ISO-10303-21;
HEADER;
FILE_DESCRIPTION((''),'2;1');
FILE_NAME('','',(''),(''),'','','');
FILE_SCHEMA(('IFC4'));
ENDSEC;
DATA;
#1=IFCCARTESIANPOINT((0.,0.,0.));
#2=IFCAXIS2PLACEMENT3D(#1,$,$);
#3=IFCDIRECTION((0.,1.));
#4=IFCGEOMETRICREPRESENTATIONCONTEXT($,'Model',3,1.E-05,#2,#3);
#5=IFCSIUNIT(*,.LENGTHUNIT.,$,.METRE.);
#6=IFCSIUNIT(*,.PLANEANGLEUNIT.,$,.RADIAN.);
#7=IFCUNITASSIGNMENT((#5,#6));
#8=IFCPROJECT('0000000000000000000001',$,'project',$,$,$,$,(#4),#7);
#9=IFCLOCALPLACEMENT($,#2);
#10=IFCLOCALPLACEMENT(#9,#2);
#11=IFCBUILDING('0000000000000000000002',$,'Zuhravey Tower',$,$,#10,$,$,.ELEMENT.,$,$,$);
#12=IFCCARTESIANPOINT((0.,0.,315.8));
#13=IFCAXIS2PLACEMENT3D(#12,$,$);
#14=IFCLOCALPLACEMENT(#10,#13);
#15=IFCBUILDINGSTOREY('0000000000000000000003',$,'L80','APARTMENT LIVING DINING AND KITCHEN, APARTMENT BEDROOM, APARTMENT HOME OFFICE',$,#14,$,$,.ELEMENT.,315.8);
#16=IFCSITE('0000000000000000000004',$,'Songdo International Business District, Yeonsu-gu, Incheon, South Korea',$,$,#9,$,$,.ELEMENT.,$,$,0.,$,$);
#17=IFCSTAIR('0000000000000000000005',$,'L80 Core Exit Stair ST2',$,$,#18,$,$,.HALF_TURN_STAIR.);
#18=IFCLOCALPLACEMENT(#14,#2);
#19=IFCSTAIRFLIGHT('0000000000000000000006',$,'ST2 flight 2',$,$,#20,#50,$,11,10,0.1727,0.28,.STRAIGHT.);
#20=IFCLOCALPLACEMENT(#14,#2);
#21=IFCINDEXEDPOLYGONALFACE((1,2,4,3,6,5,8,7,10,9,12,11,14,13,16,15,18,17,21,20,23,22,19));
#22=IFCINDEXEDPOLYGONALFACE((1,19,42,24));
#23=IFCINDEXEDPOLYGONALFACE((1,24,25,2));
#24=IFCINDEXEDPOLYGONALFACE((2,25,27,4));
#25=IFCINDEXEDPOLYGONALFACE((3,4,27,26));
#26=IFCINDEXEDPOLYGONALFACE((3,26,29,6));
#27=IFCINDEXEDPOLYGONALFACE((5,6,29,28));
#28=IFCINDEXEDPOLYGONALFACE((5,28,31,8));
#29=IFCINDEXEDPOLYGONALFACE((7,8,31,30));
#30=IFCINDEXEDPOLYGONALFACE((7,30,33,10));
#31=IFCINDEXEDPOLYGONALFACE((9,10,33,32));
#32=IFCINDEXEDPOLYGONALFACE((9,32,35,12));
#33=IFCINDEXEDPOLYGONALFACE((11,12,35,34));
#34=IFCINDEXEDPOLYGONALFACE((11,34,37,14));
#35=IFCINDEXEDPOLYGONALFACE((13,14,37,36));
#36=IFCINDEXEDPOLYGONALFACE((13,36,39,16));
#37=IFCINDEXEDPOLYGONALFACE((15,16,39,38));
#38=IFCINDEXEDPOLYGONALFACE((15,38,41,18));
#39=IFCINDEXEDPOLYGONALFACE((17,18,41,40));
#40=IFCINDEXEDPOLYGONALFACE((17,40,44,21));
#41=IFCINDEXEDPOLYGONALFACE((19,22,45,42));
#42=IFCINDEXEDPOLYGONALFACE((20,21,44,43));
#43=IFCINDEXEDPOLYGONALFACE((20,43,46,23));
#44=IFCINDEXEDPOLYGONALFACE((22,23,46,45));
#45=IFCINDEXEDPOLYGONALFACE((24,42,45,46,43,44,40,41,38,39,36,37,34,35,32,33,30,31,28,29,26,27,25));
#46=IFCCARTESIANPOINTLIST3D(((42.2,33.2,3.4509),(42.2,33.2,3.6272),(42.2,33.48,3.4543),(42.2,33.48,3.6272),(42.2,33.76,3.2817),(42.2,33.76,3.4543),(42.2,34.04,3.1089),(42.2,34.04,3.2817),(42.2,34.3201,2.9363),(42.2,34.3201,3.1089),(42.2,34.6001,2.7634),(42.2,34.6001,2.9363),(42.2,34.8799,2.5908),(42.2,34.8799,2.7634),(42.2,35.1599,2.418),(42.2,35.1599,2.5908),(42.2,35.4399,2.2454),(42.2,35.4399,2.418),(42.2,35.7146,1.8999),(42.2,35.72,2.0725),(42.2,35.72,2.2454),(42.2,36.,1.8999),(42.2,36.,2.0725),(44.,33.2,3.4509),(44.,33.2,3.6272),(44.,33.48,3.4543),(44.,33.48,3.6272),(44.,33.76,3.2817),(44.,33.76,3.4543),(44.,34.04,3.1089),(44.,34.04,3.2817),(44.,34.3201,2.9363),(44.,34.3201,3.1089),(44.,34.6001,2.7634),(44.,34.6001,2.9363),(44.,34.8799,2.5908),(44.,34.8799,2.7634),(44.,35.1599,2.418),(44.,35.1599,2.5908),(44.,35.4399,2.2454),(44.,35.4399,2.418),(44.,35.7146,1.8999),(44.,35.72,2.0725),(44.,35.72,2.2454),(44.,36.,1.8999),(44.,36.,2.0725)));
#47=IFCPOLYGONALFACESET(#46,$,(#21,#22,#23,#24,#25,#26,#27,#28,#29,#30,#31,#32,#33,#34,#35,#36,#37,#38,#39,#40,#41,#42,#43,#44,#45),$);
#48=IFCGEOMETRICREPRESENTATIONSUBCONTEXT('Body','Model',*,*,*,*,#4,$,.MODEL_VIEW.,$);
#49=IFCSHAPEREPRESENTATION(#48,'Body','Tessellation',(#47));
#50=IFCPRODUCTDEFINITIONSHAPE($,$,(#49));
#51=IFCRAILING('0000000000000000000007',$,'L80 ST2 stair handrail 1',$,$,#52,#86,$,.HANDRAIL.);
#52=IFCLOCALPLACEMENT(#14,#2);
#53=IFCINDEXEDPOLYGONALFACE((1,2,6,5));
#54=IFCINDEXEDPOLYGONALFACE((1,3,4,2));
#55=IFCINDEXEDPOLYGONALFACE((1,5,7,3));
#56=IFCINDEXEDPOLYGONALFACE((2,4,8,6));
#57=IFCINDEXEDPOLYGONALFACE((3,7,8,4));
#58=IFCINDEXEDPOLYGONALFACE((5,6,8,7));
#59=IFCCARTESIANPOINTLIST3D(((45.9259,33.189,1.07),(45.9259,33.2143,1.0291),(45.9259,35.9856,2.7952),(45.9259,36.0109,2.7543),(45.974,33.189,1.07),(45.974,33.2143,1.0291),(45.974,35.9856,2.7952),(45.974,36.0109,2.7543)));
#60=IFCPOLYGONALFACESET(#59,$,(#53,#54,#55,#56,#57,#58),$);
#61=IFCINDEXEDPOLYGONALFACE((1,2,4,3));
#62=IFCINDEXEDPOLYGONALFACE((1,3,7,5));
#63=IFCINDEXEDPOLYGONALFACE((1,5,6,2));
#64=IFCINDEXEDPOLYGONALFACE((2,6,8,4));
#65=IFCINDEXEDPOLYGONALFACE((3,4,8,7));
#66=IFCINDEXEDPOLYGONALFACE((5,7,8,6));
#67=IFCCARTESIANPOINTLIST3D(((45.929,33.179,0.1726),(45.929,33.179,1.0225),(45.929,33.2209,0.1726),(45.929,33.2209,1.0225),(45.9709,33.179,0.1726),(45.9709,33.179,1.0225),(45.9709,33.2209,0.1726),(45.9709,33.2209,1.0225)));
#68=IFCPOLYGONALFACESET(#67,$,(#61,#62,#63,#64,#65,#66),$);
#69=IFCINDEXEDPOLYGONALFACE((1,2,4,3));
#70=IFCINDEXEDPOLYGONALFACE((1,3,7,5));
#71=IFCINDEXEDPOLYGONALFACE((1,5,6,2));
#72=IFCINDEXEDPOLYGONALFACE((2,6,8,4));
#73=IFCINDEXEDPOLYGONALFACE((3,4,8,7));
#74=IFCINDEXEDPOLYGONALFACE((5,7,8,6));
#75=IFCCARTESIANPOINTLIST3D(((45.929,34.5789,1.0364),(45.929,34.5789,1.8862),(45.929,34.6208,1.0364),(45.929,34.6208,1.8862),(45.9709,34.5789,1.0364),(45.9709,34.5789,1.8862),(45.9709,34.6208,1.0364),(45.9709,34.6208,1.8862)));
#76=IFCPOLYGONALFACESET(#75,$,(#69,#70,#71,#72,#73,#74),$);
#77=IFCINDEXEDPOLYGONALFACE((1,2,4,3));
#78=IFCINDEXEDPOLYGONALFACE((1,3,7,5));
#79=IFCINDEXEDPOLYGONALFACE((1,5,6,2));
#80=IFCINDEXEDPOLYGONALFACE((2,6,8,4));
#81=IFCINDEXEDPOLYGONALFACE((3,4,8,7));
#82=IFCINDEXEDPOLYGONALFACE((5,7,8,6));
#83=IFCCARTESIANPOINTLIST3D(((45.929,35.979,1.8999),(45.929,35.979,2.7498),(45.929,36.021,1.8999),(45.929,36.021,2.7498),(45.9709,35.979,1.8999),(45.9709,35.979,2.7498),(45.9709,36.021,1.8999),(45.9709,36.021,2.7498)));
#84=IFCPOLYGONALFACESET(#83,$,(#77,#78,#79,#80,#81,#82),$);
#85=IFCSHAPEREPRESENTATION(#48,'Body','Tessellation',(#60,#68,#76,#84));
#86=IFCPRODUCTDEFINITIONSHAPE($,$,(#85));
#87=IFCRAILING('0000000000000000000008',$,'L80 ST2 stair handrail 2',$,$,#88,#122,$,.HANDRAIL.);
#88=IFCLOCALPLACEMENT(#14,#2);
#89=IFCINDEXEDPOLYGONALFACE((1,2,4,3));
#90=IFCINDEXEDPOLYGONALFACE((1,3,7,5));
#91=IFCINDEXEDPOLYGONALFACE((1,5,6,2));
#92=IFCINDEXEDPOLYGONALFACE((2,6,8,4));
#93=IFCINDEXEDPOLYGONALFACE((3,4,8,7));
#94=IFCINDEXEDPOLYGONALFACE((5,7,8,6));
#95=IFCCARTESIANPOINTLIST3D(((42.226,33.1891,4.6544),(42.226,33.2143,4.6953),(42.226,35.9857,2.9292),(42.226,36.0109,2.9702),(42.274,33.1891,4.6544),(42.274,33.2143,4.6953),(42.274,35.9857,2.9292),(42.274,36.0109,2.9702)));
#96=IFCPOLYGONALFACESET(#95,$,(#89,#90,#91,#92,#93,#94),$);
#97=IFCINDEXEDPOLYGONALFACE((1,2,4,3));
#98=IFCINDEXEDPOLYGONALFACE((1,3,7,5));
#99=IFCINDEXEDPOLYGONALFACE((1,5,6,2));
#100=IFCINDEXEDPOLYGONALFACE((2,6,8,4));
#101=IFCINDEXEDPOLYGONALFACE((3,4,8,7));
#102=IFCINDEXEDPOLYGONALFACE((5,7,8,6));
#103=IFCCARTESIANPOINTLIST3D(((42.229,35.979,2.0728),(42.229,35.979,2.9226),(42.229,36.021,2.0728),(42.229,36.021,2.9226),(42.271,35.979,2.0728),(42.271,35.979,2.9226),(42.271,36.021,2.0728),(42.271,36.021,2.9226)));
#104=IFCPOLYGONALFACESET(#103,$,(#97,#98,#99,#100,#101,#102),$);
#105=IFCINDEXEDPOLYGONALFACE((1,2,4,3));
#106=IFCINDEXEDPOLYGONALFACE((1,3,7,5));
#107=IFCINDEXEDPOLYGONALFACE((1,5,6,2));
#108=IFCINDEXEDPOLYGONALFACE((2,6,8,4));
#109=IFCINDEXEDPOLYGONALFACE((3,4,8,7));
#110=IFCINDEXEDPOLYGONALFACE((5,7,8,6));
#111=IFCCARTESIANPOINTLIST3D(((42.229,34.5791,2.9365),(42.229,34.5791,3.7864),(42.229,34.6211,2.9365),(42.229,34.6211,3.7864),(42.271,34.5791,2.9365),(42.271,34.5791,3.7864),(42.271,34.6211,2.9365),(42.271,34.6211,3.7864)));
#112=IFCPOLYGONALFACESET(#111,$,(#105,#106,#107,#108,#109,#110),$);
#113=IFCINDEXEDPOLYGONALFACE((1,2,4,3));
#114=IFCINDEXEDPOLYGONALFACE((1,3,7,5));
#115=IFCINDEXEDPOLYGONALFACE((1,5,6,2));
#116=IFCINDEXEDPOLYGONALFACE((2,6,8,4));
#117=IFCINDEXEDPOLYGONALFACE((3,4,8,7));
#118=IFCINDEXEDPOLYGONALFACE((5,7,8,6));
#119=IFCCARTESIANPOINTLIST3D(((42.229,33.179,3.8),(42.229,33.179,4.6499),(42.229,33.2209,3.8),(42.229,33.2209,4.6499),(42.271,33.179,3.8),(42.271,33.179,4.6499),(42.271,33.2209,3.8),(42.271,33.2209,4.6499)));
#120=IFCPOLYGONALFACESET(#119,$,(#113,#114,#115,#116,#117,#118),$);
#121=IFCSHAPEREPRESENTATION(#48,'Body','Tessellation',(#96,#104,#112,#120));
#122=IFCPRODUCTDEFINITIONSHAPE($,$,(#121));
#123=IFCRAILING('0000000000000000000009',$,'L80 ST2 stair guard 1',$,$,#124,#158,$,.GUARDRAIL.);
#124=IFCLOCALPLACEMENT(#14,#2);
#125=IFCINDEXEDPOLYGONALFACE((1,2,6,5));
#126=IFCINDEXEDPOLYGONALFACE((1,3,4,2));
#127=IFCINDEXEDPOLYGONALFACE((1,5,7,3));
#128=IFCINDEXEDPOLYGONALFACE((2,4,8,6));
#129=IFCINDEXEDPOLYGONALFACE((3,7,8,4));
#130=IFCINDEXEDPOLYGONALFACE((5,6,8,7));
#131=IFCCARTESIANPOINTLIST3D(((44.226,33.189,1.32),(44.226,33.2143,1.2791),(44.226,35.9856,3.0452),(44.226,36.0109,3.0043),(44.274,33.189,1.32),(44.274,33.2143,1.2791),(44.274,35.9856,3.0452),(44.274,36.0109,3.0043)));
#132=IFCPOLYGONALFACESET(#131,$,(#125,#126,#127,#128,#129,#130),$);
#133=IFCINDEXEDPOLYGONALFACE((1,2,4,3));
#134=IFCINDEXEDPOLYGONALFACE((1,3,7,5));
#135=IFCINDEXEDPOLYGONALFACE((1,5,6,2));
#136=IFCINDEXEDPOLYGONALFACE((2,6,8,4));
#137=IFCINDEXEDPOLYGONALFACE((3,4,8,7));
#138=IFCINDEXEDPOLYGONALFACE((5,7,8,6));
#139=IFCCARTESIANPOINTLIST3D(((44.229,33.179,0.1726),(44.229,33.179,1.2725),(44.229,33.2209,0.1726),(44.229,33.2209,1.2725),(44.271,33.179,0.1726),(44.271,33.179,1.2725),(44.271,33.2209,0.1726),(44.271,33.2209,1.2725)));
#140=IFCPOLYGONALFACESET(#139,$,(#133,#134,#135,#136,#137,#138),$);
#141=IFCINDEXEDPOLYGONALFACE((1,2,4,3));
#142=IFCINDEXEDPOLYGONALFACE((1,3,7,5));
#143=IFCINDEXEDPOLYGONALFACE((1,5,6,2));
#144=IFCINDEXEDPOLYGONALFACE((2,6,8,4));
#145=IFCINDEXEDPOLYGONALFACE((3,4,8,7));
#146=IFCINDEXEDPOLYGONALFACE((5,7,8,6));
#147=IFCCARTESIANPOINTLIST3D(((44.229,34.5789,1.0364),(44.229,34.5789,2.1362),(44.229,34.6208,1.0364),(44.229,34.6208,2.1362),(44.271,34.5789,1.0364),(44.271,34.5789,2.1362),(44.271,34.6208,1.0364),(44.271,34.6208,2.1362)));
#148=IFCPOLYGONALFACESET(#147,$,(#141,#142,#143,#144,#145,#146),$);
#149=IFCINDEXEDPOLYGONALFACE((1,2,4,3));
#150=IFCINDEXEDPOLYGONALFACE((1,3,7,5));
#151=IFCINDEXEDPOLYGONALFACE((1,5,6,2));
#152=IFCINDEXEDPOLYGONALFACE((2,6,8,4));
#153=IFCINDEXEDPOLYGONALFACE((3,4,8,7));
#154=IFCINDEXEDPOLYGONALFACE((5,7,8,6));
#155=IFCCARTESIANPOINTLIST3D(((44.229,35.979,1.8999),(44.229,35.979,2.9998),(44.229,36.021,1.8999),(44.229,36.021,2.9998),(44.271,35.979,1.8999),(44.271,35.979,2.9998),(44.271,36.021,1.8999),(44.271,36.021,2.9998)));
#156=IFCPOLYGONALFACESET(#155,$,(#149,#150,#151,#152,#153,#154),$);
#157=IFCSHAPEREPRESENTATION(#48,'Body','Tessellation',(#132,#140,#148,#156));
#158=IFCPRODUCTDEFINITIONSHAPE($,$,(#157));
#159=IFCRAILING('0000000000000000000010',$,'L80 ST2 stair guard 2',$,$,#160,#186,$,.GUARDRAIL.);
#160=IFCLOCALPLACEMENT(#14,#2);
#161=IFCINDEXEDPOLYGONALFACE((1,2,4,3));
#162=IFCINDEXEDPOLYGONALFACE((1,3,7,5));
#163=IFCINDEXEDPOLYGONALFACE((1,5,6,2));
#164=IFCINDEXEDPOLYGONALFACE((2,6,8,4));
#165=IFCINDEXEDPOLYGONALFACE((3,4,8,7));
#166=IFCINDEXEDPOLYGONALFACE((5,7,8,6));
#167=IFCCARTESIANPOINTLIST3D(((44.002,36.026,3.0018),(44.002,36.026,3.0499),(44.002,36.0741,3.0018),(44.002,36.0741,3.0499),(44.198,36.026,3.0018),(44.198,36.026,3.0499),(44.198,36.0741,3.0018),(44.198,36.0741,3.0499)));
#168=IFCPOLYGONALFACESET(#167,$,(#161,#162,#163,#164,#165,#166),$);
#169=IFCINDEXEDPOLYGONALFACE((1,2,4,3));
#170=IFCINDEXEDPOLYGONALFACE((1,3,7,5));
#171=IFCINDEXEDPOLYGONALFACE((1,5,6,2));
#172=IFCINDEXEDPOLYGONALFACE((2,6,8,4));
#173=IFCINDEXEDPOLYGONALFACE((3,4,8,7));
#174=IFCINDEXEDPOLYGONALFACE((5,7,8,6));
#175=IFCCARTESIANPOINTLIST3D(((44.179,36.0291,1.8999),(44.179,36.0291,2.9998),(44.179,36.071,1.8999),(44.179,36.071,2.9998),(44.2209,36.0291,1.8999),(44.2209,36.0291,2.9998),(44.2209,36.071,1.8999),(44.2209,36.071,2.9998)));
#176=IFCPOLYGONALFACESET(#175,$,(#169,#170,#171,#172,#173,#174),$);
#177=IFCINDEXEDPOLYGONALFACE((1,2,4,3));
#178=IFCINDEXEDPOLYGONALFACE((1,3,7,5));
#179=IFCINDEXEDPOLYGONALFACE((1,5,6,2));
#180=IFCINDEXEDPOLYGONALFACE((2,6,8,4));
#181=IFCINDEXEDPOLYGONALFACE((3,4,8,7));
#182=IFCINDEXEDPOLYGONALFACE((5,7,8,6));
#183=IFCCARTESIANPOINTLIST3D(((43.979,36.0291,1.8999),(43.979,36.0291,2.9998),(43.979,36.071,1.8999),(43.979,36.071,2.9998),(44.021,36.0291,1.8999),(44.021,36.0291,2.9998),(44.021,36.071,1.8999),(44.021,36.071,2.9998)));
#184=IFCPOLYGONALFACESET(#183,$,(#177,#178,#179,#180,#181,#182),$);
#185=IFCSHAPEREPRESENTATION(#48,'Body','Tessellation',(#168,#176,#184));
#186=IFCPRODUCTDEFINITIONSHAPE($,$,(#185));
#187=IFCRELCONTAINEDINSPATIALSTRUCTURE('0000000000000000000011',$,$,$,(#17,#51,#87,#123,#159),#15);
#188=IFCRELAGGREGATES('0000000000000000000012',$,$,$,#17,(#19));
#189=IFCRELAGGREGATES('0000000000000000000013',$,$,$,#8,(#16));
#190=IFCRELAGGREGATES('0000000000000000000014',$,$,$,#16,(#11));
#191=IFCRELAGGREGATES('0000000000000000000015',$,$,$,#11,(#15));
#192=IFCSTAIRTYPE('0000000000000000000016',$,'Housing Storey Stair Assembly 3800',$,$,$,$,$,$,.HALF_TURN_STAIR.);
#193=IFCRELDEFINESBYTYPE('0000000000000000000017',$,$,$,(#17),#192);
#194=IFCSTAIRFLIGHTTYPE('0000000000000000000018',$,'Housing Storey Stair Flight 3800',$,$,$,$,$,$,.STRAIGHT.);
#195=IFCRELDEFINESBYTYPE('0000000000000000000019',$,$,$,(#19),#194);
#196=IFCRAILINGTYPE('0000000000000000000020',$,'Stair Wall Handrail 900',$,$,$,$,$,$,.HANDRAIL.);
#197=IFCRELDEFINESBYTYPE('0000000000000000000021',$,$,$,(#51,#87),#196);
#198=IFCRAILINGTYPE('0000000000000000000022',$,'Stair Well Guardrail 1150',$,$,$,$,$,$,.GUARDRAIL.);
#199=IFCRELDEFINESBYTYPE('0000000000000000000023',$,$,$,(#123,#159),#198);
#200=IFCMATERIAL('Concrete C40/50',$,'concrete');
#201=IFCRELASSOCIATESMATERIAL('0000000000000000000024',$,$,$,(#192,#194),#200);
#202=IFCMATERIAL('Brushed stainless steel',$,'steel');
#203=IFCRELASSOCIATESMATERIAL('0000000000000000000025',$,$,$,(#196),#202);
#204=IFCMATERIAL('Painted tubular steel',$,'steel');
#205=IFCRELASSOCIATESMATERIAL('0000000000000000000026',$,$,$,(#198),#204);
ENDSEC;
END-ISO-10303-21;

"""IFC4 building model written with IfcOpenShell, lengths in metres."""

from ifc_helpers import new_model, si_unit, direction, frame, origin, origin_2d, place, context, subcontext, project, spatial, polyline, rectangle, outline, extrude, material, type_object, element, aggregate, save


model = new_model("IFC4")

# Units and contexts
model_context = context("Model", 3, precision=1e-05, world=origin(), true_north=direction((0.0, 1.0)))
body_context = subcontext(model_context, "Body", "Model", "MODEL_VIEW")
ifc_project = project(units=[si_unit("LENGTHUNIT", "METRE"), si_unit("PLANEANGLEUNIT", "RADIAN")], contexts=[model_context])

# Site, building, storey
site_placement = place(None, origin())
site = spatial("IfcSite", under=ifc_project, at=site_placement, Name="Songdo International Business District, Yeonsu-gu, Incheon, South Korea", CompositionType="ELEMENT", RefElevation=0.0)
building_placement = place(site_placement, origin())
building = spatial("IfcBuilding", under=site, at=building_placement, Name="Zuhravey Tower", CompositionType="ELEMENT")
storey_placement = place(building_placement, frame((0.0, 0.0, 315.8)))
storey = spatial("IfcBuildingStorey", under=building, at=storey_placement, Name="L80", Description="APARTMENT LIVING DINING AND KITCHEN, APARTMENT BEDROOM, APARTMENT HOME OFFICE", CompositionType="ELEMENT", Elevation=315.8)

# Shared definitions
ifc_material_1 = material(Name="Brushed stainless steel", Category="steel")

# Stair, stair flight
ifc_material_2 = material(Name="Concrete C40/50", Category="concrete")
stair_type = type_object("IfcStairType", Name="Housing Storey Stair Assembly 3800", PredefinedType="HALF_TURN_STAIR", material=ifc_material_2)
stair_placement = place(storey_placement, origin())
stair = element("IfcStair", 1, at=stair_placement, inside=storey, type_object=stair_type, Name="L80 Core Exit Stair ST2", PredefinedType="HALF_TURN_STAIR")
stair_flight_type = type_object("IfcStairFlightType", Name="Housing Storey Stair Flight 3800", PredefinedType="STRAIGHT", material=ifc_material_2)
stair_flight_1_placement = place(storey_placement, frame((43.1001, 36.0, 1.8999), z_axis=(0.0, 0.0, 1.0), x_axis=(0.0, -1.0, 0.0)))
stair_flight_1 = element("IfcStairFlight", 2, at=stair_flight_1_placement, type_object=stair_flight_type, Name="ST2 flight 2", NumberOfRisers=11, NumberOfTreads=10, PredefinedType="STRAIGHT", RiserHeight=0.1727, TreadLength=0.28, context=body_context, shape_type="SweptSolid", body=[
    extrude(outline(polyline([(0.0, 0.0), (0.0, 0.1726), (0.28, 0.1726), (0.28, 0.3455), (0.5601, 0.3455), (0.5601, 0.5181), (0.8401, 0.5181), (0.8401, 0.6909), (1.1201, 0.6909), (1.1201, 0.8635), (1.3999, 0.8635), (1.3999, 1.0364), (1.6799, 1.0364), (1.6799, 1.209), (1.96, 1.209), (1.96, 1.3818), (2.24, 1.3818), (2.24, 1.5544), (2.52, 1.5544), (2.52, 1.7273), (2.8, 1.7273), (2.8, 1.8999), (2.8, 1.551), (0.2854, 0.0), (0.0, 0.0)])), frame((0.0, 0.8999, 0.0), z_axis=(0.0, -1.0, 0.0), x_axis=(1.0, 0.0, 0.0)), (0.0, 0.0, 1.0), 1.8),
])
aggregate(stair, [stair_flight_1])

# Railings
railing_type_1 = type_object("IfcRailingType", Name="Stair Wall Handrail 900", PredefinedType="HANDRAIL", material=ifc_material_1)
railing_1_placement = place(storey_placement, frame((45.95, 33.2, 0.1726)))
element("IfcRailing", 3, at=railing_1_placement, inside=storey, type_object=railing_type_1, Name="L80 ST2 stair handrail 1", PredefinedType="HANDRAIL", context=body_context, shape_type="SweptSolid", body=[
    extrude(rectangle(XDim=0.0481, YDim=0.0481, at=origin_2d()), frame((0.0, 0.0017, 0.877), z_axis=(0.0, 0.85109, 0.52502), x_axis=(-1.0, 0.0, 0.0)), (0.0, 0.0, 1.0), 3.2859),
    extrude(rectangle(XDim=0.042, YDim=0.042, at=origin_2d()), origin(), (0.0, 0.0, 1.0), 0.8499),
    extrude(rectangle(XDim=0.042, YDim=0.042, at=origin_2d()), frame((0.0, 1.3999, 0.8638)), (0.0, 0.0, 1.0), 0.8499),
    extrude(rectangle(XDim=0.042, YDim=0.042, at=origin_2d()), frame((0.0, 2.8, 1.7273)), (0.0, 0.0, 1.0), 0.8499),
])
railing_2_placement = place(storey_placement, frame((42.25, 36.0, 2.0728)))
element("IfcRailing", 4, at=railing_2_placement, inside=storey, type_object=railing_type_1, Name="L80 ST2 stair handrail 2", PredefinedType="HANDRAIL", context=body_context, shape_type="SweptSolid", body=[
    extrude(rectangle(XDim=0.0481, YDim=0.0481, at=origin_2d()), frame((0.0, -0.0017, 0.877), z_axis=(0.0, -0.85109, 0.52502), x_axis=(1.0, 0.0, 0.0)), (0.0, 0.0, 1.0), 3.2859),
    extrude(rectangle(XDim=0.042, YDim=0.042, at=origin_2d()), origin(), (0.0, 0.0, 1.0), 0.8499),
    extrude(rectangle(XDim=0.042, YDim=0.042, at=origin_2d()), frame((0.0, -1.3999, 0.8638)), (0.0, 0.0, 1.0), 0.8499),
    extrude(rectangle(XDim=0.042, YDim=0.042, at=origin_2d()), frame((0.0, -2.8, 1.7273)), (0.0, 0.0, 1.0), 0.8499),
])
ifc_material_3 = material(Name="Painted tubular steel", Category="steel")
railing_type_2 = type_object("IfcRailingType", Name="Stair Well Guardrail 1150", PredefinedType="GUARDRAIL", material=ifc_material_3)
railing_3_placement = place(storey_placement, frame((44.25, 33.2, 0.1726)))
element("IfcRailing", 5, at=railing_3_placement, inside=storey, type_object=railing_type_2, Name="L80 ST2 stair guard 1", PredefinedType="GUARDRAIL", context=body_context, shape_type="SweptSolid", body=[
    extrude(rectangle(XDim=0.0481, YDim=0.0481, at=origin_2d()), frame((0.0, 0.0017, 1.127), z_axis=(0.0, 0.85109, 0.52502), x_axis=(-1.0, 0.0, 0.0)), (0.0, 0.0, 1.0), 3.2859),
    extrude(rectangle(XDim=0.042, YDim=0.042, at=origin_2d()), origin(), (0.0, 0.0, 1.0), 1.0999),
    extrude(rectangle(XDim=0.042, YDim=0.042, at=origin_2d()), frame((0.0, 1.3999, 0.8638)), (0.0, 0.0, 1.0), 1.0999),
    extrude(rectangle(XDim=0.042, YDim=0.042, at=origin_2d()), frame((0.0, 2.8, 1.7273)), (0.0, 0.0, 1.0), 1.0999),
])
railing_4_placement = place(storey_placement, frame((44.2, 36.05, 1.8999)))
element("IfcRailing", 6, at=railing_4_placement, inside=storey, type_object=railing_type_2, Name="L80 ST2 stair guard 2", PredefinedType="GUARDRAIL", context=body_context, shape_type="SweptSolid", body=[
    extrude(rectangle(XDim=0.0481, YDim=0.0481, at=origin_2d()), frame((-0.002, 0.0, 1.126), z_axis=(-1.0, 0.0, 0.0), x_axis=(0.0, -1.0, 0.0)), (0.0, 0.0, 1.0), 0.196),
    extrude(rectangle(XDim=0.042, YDim=0.042, at=origin_2d()), origin(), (0.0, 0.0, 1.0), 1.0999),
    extrude(rectangle(XDim=0.042, YDim=0.042, at=origin_2d()), frame((-0.2, 0.0, 0.0)), (0.0, 0.0, 1.0), 1.0999),
])

save(model, "model.ifc")
